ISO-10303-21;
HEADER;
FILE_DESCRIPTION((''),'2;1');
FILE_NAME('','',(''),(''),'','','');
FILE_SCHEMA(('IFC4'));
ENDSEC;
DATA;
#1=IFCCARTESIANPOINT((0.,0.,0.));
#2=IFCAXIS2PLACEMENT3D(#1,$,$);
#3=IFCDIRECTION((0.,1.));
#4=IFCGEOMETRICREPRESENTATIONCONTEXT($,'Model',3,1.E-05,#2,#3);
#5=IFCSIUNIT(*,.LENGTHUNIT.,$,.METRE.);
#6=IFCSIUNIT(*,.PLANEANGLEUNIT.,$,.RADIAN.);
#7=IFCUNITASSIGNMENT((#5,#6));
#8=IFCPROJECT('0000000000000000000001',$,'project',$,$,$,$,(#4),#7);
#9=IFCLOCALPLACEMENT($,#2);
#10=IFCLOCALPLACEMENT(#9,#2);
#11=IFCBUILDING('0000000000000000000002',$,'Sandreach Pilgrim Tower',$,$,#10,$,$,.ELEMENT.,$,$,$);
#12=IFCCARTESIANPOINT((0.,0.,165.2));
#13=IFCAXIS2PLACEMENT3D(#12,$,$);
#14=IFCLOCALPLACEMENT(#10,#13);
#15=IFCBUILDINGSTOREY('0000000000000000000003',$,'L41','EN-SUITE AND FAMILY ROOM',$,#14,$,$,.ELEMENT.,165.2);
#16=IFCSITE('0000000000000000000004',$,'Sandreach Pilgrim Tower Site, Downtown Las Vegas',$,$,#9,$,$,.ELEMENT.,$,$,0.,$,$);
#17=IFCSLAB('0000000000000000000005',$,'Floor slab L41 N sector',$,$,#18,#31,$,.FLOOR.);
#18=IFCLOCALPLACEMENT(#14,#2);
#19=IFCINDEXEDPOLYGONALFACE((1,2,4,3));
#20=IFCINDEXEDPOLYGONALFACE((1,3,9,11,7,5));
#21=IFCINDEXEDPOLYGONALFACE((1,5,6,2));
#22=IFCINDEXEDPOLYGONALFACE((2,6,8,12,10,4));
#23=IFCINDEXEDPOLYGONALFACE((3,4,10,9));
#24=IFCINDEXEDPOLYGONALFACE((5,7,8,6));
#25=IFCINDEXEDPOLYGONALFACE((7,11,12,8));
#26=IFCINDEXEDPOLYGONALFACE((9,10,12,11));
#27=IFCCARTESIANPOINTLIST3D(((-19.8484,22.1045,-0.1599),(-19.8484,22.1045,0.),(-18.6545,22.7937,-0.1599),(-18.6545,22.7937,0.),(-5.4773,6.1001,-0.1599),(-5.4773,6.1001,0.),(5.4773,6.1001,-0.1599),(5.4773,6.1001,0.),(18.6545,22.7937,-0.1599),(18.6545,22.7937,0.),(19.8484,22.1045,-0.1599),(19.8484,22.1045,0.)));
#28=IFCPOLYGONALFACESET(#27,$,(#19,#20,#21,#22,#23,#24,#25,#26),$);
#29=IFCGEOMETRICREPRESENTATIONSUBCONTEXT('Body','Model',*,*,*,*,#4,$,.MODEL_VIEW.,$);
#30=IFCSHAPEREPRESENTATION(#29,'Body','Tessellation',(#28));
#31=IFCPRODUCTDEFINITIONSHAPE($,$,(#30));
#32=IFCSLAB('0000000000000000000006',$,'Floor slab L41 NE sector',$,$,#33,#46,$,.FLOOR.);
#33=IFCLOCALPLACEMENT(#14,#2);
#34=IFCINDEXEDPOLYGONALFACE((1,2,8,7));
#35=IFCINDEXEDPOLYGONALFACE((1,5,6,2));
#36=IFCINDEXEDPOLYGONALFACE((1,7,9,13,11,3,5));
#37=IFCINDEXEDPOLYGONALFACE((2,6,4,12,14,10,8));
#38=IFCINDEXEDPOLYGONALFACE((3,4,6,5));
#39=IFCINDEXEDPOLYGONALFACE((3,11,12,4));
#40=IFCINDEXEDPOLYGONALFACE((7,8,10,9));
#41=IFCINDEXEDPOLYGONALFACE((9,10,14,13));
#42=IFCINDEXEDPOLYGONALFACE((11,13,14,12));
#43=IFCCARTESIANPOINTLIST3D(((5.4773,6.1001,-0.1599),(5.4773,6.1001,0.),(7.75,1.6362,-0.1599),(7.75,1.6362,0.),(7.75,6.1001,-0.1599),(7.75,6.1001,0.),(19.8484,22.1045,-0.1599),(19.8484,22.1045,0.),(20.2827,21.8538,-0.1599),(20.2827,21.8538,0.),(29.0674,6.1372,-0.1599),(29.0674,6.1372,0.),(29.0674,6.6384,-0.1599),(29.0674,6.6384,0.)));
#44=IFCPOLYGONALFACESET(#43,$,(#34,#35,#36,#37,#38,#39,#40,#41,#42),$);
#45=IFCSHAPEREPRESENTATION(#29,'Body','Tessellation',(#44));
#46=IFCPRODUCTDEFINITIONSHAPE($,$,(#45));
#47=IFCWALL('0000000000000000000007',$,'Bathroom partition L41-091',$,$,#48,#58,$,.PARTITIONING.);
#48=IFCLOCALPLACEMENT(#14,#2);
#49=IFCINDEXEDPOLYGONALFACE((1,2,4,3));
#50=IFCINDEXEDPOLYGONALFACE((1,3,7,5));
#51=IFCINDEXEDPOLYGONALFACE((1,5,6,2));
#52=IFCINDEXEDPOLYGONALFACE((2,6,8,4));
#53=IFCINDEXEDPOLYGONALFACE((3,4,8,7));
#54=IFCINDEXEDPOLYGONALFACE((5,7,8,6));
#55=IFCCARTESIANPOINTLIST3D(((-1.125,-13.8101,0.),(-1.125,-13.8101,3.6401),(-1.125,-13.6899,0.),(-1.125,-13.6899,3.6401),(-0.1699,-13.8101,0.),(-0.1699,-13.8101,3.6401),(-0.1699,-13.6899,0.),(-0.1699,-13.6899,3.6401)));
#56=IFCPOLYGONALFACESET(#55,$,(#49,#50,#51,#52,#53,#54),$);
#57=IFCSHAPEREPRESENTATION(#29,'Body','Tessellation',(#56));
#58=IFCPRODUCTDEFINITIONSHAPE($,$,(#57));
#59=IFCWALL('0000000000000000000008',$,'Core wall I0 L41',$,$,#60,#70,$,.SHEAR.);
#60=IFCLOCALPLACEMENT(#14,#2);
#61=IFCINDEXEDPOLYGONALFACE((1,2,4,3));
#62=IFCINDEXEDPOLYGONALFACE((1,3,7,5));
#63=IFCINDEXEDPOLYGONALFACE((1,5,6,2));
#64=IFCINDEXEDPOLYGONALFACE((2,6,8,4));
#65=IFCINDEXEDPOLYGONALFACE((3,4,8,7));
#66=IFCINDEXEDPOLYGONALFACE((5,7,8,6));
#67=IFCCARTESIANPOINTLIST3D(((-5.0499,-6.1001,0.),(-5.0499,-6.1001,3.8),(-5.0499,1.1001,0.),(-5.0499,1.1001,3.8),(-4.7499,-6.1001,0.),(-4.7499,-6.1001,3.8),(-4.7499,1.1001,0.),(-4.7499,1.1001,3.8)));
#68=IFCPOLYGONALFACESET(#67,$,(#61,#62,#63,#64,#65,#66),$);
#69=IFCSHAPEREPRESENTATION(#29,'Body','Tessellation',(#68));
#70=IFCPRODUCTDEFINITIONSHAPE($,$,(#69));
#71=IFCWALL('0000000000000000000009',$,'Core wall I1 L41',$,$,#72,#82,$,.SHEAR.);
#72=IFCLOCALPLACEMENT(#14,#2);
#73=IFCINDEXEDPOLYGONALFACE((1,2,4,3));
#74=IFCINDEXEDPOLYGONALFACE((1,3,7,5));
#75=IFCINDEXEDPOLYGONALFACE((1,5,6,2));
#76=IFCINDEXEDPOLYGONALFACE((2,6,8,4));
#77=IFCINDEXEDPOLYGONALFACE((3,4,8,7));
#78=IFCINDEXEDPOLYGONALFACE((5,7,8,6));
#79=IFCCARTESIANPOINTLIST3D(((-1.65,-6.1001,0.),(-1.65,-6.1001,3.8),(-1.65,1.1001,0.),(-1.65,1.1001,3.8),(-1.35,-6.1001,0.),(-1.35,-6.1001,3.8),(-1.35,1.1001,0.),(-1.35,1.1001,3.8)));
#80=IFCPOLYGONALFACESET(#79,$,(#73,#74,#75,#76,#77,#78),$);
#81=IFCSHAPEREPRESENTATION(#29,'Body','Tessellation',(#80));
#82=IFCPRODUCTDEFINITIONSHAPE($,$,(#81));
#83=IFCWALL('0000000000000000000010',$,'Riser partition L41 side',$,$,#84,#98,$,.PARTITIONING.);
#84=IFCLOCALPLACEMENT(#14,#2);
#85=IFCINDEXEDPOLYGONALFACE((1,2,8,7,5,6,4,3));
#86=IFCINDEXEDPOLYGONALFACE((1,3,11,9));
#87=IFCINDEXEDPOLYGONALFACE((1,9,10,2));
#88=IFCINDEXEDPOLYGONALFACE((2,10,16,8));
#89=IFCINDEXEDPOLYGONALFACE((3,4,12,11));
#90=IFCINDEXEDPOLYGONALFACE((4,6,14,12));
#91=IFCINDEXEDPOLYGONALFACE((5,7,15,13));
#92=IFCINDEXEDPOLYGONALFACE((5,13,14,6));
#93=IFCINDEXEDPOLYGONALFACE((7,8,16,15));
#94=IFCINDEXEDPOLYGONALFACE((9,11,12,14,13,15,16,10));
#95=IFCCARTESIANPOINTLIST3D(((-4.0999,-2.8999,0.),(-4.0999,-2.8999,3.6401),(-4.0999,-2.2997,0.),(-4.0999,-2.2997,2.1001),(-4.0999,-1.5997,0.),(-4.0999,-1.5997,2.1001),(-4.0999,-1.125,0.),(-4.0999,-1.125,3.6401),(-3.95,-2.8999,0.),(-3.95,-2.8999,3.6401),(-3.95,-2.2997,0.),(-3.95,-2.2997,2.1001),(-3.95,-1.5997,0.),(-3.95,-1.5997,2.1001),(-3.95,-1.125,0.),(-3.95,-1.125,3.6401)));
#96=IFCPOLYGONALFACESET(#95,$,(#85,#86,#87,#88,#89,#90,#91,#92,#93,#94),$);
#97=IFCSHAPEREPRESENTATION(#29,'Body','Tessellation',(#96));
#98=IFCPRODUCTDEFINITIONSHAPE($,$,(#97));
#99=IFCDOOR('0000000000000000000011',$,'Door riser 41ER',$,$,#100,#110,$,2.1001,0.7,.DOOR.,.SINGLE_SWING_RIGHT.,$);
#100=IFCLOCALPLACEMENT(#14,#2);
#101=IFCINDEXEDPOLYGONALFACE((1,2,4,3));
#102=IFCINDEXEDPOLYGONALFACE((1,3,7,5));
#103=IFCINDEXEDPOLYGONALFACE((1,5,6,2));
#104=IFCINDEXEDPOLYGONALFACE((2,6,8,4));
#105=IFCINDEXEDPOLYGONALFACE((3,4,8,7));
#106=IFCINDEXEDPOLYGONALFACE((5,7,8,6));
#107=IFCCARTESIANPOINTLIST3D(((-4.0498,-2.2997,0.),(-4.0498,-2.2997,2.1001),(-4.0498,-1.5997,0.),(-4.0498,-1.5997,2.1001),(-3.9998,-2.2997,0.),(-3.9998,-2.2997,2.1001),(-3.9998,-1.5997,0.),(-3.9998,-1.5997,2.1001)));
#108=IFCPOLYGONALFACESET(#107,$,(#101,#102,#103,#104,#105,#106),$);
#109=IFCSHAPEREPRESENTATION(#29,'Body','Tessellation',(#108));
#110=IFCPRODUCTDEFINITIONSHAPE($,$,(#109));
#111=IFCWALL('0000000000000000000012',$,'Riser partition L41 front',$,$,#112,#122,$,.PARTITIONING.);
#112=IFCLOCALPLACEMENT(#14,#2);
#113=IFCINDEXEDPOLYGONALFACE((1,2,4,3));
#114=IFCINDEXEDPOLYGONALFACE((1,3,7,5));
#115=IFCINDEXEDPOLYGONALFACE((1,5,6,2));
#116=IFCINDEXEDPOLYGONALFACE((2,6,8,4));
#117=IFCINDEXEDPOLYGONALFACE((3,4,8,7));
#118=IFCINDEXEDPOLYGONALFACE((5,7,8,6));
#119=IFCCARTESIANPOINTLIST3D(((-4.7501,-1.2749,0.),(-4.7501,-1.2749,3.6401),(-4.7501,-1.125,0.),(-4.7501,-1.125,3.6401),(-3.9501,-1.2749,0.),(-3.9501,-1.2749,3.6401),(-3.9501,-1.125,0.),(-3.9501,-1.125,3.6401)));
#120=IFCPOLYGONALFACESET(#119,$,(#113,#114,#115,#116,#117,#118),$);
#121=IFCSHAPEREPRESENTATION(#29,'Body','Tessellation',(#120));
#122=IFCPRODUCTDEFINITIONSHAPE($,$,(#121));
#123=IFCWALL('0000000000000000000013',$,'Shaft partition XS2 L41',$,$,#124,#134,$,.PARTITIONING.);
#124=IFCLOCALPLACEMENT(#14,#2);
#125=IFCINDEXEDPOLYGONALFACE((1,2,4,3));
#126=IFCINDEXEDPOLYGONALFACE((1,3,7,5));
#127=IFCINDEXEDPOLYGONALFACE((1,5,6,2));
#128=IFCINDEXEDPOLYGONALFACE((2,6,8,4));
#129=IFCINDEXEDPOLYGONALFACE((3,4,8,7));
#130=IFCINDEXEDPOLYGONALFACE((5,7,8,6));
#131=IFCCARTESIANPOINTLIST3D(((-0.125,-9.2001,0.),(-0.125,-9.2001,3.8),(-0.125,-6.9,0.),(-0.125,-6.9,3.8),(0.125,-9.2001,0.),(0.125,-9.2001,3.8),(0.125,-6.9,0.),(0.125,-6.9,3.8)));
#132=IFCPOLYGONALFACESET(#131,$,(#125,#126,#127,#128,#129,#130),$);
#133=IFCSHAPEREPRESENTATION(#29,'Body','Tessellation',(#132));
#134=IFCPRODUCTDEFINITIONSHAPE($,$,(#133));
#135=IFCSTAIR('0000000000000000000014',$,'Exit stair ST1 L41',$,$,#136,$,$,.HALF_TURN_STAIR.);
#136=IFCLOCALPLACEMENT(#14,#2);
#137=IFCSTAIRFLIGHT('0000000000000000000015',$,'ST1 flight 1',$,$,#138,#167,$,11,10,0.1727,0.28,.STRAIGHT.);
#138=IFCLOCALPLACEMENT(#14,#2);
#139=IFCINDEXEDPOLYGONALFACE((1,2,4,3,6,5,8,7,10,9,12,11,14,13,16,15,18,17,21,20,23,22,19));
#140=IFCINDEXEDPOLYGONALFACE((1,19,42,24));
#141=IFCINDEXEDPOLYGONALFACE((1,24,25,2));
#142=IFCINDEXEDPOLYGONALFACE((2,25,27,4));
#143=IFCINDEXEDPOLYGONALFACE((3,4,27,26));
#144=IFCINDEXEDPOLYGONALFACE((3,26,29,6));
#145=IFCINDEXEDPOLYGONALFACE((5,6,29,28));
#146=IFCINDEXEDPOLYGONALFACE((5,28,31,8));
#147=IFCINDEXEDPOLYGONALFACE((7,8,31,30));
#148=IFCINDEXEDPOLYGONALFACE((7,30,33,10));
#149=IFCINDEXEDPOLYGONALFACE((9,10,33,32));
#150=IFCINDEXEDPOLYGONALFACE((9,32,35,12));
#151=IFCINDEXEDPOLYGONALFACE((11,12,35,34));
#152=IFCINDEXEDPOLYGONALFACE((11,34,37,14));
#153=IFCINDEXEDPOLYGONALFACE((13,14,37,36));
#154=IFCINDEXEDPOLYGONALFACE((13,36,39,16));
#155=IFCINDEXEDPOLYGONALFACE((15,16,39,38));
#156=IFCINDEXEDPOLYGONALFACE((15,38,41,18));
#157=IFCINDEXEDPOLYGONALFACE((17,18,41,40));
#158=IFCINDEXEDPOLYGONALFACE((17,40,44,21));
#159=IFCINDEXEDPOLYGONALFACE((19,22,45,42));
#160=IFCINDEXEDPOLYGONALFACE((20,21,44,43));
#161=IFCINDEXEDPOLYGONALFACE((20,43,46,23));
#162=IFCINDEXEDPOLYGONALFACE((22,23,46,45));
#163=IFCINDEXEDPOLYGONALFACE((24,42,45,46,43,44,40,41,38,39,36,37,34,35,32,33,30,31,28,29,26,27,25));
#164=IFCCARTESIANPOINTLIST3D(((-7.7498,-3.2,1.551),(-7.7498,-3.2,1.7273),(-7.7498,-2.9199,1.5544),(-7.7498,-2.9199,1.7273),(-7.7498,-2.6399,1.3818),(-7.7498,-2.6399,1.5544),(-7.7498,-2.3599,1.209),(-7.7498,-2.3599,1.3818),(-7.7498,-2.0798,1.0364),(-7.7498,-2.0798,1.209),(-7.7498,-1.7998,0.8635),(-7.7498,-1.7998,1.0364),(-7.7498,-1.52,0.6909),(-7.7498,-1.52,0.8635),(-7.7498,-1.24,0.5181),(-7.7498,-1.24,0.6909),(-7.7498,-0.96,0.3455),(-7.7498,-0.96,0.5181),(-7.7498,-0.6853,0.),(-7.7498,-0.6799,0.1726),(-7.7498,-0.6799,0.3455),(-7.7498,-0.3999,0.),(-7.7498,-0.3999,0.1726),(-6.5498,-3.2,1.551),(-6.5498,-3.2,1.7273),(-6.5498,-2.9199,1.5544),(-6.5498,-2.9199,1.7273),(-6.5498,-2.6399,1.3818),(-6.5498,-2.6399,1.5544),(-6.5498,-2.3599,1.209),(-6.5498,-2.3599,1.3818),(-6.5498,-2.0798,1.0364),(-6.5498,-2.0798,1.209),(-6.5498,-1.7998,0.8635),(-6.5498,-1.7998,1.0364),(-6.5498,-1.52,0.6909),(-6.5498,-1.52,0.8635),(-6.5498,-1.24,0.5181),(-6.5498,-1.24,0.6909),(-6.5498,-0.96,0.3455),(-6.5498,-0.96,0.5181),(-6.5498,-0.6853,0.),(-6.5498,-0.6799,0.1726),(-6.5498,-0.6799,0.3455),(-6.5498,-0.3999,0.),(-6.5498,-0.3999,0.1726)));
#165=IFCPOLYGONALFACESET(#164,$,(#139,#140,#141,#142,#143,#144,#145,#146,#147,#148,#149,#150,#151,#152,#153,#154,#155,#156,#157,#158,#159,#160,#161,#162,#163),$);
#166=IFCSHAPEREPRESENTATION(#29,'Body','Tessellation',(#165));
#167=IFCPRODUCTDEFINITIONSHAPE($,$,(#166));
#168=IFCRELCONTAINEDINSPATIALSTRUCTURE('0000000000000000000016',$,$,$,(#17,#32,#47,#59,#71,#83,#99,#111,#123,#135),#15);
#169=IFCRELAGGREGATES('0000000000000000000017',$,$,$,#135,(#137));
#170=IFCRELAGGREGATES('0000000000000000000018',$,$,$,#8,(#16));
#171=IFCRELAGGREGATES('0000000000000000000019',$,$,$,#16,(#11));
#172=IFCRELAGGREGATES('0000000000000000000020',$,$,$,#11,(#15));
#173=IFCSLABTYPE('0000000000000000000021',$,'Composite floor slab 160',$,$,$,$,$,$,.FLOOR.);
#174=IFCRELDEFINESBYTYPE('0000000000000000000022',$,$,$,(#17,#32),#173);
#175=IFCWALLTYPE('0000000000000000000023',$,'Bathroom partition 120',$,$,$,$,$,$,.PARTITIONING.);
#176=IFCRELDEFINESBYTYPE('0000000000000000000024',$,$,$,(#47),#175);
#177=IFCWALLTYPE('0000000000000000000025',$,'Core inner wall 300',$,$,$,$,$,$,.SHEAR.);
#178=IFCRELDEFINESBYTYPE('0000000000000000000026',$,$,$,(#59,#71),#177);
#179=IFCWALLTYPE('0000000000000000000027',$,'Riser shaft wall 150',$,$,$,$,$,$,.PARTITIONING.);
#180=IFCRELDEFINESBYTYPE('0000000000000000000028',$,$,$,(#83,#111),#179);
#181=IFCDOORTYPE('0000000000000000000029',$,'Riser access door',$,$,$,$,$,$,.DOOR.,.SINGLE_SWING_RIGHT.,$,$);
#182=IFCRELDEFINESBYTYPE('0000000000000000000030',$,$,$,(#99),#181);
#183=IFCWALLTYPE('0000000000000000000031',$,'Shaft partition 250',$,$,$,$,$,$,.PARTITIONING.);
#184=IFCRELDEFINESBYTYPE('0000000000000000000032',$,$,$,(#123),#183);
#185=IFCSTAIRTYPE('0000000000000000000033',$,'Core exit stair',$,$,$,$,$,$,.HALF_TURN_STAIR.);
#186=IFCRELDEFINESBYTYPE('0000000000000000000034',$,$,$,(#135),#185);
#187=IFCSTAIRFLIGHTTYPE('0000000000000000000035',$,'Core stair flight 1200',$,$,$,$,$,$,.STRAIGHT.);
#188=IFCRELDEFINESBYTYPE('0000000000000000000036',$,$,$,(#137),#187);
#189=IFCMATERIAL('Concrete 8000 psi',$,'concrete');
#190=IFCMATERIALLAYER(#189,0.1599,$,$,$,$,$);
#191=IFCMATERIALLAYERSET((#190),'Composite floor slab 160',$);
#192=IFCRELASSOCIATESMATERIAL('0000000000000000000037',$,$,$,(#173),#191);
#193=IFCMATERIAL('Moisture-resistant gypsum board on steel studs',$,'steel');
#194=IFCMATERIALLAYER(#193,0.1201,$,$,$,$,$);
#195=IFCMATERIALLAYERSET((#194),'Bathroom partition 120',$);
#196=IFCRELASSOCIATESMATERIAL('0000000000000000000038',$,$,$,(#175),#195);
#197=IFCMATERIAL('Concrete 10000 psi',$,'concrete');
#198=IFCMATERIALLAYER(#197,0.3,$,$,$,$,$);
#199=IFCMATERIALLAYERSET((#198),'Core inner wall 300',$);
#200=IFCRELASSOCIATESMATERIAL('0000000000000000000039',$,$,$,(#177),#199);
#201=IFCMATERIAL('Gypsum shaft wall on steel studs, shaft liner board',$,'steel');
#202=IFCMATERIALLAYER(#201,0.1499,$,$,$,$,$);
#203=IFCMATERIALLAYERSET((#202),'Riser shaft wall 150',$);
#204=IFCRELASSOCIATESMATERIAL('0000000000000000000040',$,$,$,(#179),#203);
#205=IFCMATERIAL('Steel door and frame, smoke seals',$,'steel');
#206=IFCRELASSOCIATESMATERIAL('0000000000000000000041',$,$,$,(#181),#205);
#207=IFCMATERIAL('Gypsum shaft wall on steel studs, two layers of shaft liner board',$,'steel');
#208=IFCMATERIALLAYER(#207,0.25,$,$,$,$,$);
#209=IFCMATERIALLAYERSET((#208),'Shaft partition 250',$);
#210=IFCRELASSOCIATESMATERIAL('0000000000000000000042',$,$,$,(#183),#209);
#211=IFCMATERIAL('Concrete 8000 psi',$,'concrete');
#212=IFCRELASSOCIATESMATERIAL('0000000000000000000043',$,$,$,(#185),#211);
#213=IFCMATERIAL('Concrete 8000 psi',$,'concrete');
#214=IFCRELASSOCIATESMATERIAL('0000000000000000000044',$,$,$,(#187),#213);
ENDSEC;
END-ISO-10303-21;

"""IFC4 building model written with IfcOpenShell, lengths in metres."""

from ifc_helpers import new_model, si_unit, direction, frame, frame_2d, origin, place, context, subcontext, project, spatial, polyline, rectangle, outline, extrude, material, layer, layer_set, type_object, element, fill, aggregate, save


model = new_model("IFC4")

# Units and contexts
model_context = context("Model", 3, precision=1e-05, world=origin(), true_north=direction((0.0, 1.0)))
body_context = subcontext(model_context, "Body", "Model", "MODEL_VIEW")
ifc_project = project(units=[si_unit("LENGTHUNIT", "METRE"), si_unit("PLANEANGLEUNIT", "RADIAN")], contexts=[model_context])

# Site, building, storey
site_placement = place(None, origin())
site = spatial("IfcSite", under=ifc_project, at=site_placement, Name="Sandreach Pilgrim Tower Site, Downtown Las Vegas", CompositionType="ELEMENT", RefElevation=0.0)
building_placement = place(site_placement, origin())
building = spatial("IfcBuilding", under=site, at=building_placement, Name="Sandreach Pilgrim Tower", CompositionType="ELEMENT")
storey_placement = place(building_placement, frame((0.0, 0.0, 165.2)))
storey = spatial("IfcBuildingStorey", under=building, at=storey_placement, Name="L41", Description="EN-SUITE AND FAMILY ROOM", CompositionType="ELEMENT", Elevation=165.2)

# Slabs
ifc_material_1 = material(Name="Concrete 8000 psi", Category="concrete")
ifc_layer_1 = layer(ifc_material_1, 0.1599)
ifc_layer_set_1 = layer_set([ifc_layer_1], Name="Composite floor slab 160")
slab_type = type_object("IfcSlabType", Name="Composite floor slab 160", PredefinedType="FLOOR", material=ifc_layer_set_1)
slab_1_placement = place(storey_placement, frame((0.0, 0.0, -0.1599)))
element("IfcSlab", 1, at=slab_1_placement, inside=storey, type_object=slab_type, Name="Floor slab L41 N sector", PredefinedType="FLOOR", context=body_context, shape_type="SweptSolid", body=[
    extrude(outline(polyline([(-18.6545, 22.7937), (18.6545, 22.7937), (19.8484, 22.1045), (5.4773, 6.1001), (-5.4773, 6.1001), (-19.8484, 22.1045), (-18.6545, 22.7937)])), origin(), (0.0, 0.0, 1.0), 0.1599),
])
slab_2_placement = place(storey_placement, frame((0.0, 0.0, -0.1599)))
element("IfcSlab", 2, at=slab_2_placement, inside=storey, type_object=slab_type, Name="Floor slab L41 NE sector", PredefinedType="FLOOR", context=body_context, shape_type="SweptSolid", body=[
    extrude(outline(polyline([(20.2827, 21.8538), (29.0674, 6.6384), (29.0674, 6.1372), (7.75, 1.6362), (7.75, 6.1001), (5.4773, 6.1001), (19.8484, 22.1045), (20.2827, 21.8538)])), origin(), (0.0, 0.0, 1.0), 0.1599),
])

# Walls
ifc_material_2 = material(Name="Moisture-resistant gypsum board on steel studs", Category="steel")
ifc_layer_2 = layer(ifc_material_2, 0.1201)
ifc_layer_set_2 = layer_set([ifc_layer_2], Name="Bathroom partition 120")
wall_type_1 = type_object("IfcWallType", Name="Bathroom partition 120", PredefinedType="PARTITIONING", material=ifc_layer_set_2)
wall_1_placement = place(storey_placement, frame((-1.125, -13.75, 0.0), z_axis=(0.0, 0.0, 1.0), x_axis=(1.0, 0.0, 0.0)))
element("IfcWall", 3, at=wall_1_placement, inside=storey, type_object=wall_type_1, Name="Bathroom partition L41-091", PredefinedType="PARTITIONING", context=body_context, shape_type="SweptSolid", body=[
    extrude(rectangle(XDim=0.9551, YDim=0.1201, at=frame_2d((0.4775, 0.0))), origin(), (0.0, 0.0, 1.0), 3.6401),
])
ifc_material_3 = material(Name="Concrete 10000 psi", Category="concrete")
ifc_layer_3 = layer(ifc_material_3, 0.3)
ifc_layer_set_3 = layer_set([ifc_layer_3], Name="Core inner wall 300")
wall_type_2 = type_object("IfcWallType", Name="Core inner wall 300", PredefinedType="SHEAR", material=ifc_layer_set_3)
for number, where, z_axis, x_axis, name in (
    (4, (-4.8999, -6.1001, 0.0), (0.0, 0.0, 1.0), (0.0, 1.0, 0.0), "Core wall I0 L41"),
    (5, (-1.5, -6.1001, 0.0), (0.0, 0.0, 1.0), (0.0, 1.0, 0.0), "Core wall I1 L41"),
):
    element("IfcWall", number, at=place(storey_placement, frame(where, z_axis=z_axis, x_axis=x_axis)), inside=storey, type_object=wall_type_2, Name=name, PredefinedType="SHEAR", context=body_context, shape_type="SweptSolid", body=[
        extrude(rectangle(XDim=7.2002, YDim=0.3, at=frame_2d((3.6001, 0.0))), origin(), (0.0, 0.0, 1.0), 3.8),
    ])

# Wall, opening, door
ifc_material_4 = material(Name="Gypsum shaft wall on steel studs, shaft liner board", Category="steel")
ifc_layer_4 = layer(ifc_material_4, 0.1499)
ifc_layer_set_4 = layer_set([ifc_layer_4], Name="Riser shaft wall 150")
wall_type_3 = type_object("IfcWallType", Name="Riser shaft wall 150", PredefinedType="PARTITIONING", material=ifc_layer_set_4)
wall_2_placement = place(storey_placement, frame((-4.0249, -2.8999, 0.0), z_axis=(0.0, 0.0, 1.0), x_axis=(0.0, 1.0, 0.0)))
wall_2 = element("IfcWall", 6, at=wall_2_placement, inside=storey, type_object=wall_type_3, Name="Riser partition L41 side", PredefinedType="PARTITIONING", context=body_context, shape_type="SweptSolid", body=[
    extrude(rectangle(XDim=1.7749, YDim=0.1499, at=frame_2d((0.8875, 0.0))), origin(), (0.0, 0.0, 1.0), 3.6401),
])
opening_1_placement = place(wall_2_placement, frame((0.6001, 0.0, 0.0)))
opening_1 = element("IfcOpeningElement", 7, at=opening_1_placement, cuts=wall_2, PredefinedType="OPENING", context=body_context, shape_type="SweptSolid", body=[
    extrude(rectangle(XDim=0.7, YDim=2.1001, at=frame_2d((0.3501, 1.05))), frame((0.0, 0.075, 0.0), z_axis=(0.0, -1.0, 0.0), x_axis=(1.0, 0.0, 0.0)), (0.0, 0.0, 1.0), 0.1499),
])
ifc_material_5 = material(Name="Steel door and frame, smoke seals", Category="steel")
door_type_1 = type_object("IfcDoorType", Name="Riser access door", OperationType="SINGLE_SWING_RIGHT", PredefinedType="DOOR", material=ifc_material_5)
door_1_placement = place(opening_1_placement, origin())
door_1 = element("IfcDoor", 8, at=door_1_placement, inside=storey, type_object=door_type_1, Name="Door riser 41ER", OperationType="SINGLE_SWING_RIGHT", OverallHeight=2.1001, OverallWidth=0.7, PredefinedType="DOOR", context=body_context, shape_type="SweptSolid", body=[
    extrude(rectangle(XDim=0.7, YDim=2.1001, at=frame_2d((0.3501, 1.05))), frame((0.0, 0.0249, 0.0), z_axis=(0.0, -1.0, 0.0), x_axis=(1.0, 0.0, 0.0)), (0.0, 0.0, 1.0), 0.05),
])
fill(opening_1, door_1)

# Walls
wall_3_placement = place(storey_placement, frame((-4.75, -1.2, 0.0), z_axis=(0.0, 0.0, 1.0), x_axis=(1.0, 0.0, 0.0)))
element("IfcWall", 9, at=wall_3_placement, inside=storey, type_object=wall_type_3, Name="Riser partition L41 front", PredefinedType="PARTITIONING", context=body_context, shape_type="SweptSolid", body=[
    extrude(rectangle(XDim=0.8, YDim=0.1499, at=frame_2d((0.3999, 0.0))), origin(), (0.0, 0.0, 1.0), 3.6401),
])
ifc_material_6 = material(Name="Gypsum shaft wall on steel studs, two layers of shaft liner board", Category="steel")
ifc_layer_5 = layer(ifc_material_6, 0.25)
ifc_layer_set_5 = layer_set([ifc_layer_5], Name="Shaft partition 250")
wall_type_4 = type_object("IfcWallType", Name="Shaft partition 250", PredefinedType="PARTITIONING", material=ifc_layer_set_5)
wall_4_placement = place(storey_placement, frame((0.0, -9.2, 0.0), z_axis=(0.0, 0.0, 1.0), x_axis=(0.0, 1.0, 0.0)))
element("IfcWall", 10, at=wall_4_placement, inside=storey, type_object=wall_type_4, Name="Shaft partition XS2 L41", PredefinedType="PARTITIONING", context=body_context, shape_type="SweptSolid", body=[
    extrude(rectangle(XDim=2.3, YDim=0.25, at=frame_2d((1.1499, 0.0))), origin(), (0.0, 0.0, 1.0), 3.8),
])

# Stair, stair flight
ifc_material_7 = material(Name="Concrete 8000 psi", Category="concrete")
stair_type = type_object("IfcStairType", Name="Core exit stair", PredefinedType="HALF_TURN_STAIR", material=ifc_material_7)
stair_1_placement = place(storey_placement, origin())
stair_1 = element("IfcStair", 11, at=stair_1_placement, inside=storey, type_object=stair_type, Name="Exit stair ST1 L41", PredefinedType="HALF_TURN_STAIR")
ifc_material_8 = material(Name="Concrete 8000 psi", Category="concrete")
stair_flight_type = type_object("IfcStairFlightType", Name="Core stair flight 1200", PredefinedType="STRAIGHT", material=ifc_material_8)
stair_flight_1_placement = place(storey_placement, frame((-7.1499, -0.3999, 0.0), z_axis=(0.0, 0.0, 1.0), x_axis=(0.0, -1.0, 0.0)))
stair_flight_1 = element("IfcStairFlight", 12, at=stair_flight_1_placement, type_object=stair_flight_type, Name="ST1 flight 1", NumberOfRisers=11, NumberOfTreads=10, PredefinedType="STRAIGHT", RiserHeight=0.1727, TreadLength=0.28, context=body_context, shape_type="SweptSolid", body=[
    extrude(outline(polyline([(0.0, 0.0), (0.0, 0.1726), (0.28, 0.1726), (0.28, 0.3455), (0.5601, 0.3455), (0.5601, 0.5181), (0.8401, 0.5181), (0.8401, 0.6909), (1.1201, 0.6909), (1.1201, 0.8635), (1.3999, 0.8635), (1.3999, 1.0364), (1.6799, 1.0364), (1.6799, 1.209), (1.96, 1.209), (1.96, 1.3818), (2.24, 1.3818), (2.24, 1.5544), (2.52, 1.5544), (2.52, 1.7273), (2.8, 1.7273), (2.8, 1.8999), (2.8, 1.551), (0.2854, 0.0), (0.0, 0.0)])), frame((0.0, 0.6001, 0.0), z_axis=(0.0, -1.0, 0.0), x_axis=(1.0, 0.0, 0.0)), (0.0, 0.0, 1.0), 1.2),
])
aggregate(stair_1, [stair_flight_1])

save(model, "model.ifc")
